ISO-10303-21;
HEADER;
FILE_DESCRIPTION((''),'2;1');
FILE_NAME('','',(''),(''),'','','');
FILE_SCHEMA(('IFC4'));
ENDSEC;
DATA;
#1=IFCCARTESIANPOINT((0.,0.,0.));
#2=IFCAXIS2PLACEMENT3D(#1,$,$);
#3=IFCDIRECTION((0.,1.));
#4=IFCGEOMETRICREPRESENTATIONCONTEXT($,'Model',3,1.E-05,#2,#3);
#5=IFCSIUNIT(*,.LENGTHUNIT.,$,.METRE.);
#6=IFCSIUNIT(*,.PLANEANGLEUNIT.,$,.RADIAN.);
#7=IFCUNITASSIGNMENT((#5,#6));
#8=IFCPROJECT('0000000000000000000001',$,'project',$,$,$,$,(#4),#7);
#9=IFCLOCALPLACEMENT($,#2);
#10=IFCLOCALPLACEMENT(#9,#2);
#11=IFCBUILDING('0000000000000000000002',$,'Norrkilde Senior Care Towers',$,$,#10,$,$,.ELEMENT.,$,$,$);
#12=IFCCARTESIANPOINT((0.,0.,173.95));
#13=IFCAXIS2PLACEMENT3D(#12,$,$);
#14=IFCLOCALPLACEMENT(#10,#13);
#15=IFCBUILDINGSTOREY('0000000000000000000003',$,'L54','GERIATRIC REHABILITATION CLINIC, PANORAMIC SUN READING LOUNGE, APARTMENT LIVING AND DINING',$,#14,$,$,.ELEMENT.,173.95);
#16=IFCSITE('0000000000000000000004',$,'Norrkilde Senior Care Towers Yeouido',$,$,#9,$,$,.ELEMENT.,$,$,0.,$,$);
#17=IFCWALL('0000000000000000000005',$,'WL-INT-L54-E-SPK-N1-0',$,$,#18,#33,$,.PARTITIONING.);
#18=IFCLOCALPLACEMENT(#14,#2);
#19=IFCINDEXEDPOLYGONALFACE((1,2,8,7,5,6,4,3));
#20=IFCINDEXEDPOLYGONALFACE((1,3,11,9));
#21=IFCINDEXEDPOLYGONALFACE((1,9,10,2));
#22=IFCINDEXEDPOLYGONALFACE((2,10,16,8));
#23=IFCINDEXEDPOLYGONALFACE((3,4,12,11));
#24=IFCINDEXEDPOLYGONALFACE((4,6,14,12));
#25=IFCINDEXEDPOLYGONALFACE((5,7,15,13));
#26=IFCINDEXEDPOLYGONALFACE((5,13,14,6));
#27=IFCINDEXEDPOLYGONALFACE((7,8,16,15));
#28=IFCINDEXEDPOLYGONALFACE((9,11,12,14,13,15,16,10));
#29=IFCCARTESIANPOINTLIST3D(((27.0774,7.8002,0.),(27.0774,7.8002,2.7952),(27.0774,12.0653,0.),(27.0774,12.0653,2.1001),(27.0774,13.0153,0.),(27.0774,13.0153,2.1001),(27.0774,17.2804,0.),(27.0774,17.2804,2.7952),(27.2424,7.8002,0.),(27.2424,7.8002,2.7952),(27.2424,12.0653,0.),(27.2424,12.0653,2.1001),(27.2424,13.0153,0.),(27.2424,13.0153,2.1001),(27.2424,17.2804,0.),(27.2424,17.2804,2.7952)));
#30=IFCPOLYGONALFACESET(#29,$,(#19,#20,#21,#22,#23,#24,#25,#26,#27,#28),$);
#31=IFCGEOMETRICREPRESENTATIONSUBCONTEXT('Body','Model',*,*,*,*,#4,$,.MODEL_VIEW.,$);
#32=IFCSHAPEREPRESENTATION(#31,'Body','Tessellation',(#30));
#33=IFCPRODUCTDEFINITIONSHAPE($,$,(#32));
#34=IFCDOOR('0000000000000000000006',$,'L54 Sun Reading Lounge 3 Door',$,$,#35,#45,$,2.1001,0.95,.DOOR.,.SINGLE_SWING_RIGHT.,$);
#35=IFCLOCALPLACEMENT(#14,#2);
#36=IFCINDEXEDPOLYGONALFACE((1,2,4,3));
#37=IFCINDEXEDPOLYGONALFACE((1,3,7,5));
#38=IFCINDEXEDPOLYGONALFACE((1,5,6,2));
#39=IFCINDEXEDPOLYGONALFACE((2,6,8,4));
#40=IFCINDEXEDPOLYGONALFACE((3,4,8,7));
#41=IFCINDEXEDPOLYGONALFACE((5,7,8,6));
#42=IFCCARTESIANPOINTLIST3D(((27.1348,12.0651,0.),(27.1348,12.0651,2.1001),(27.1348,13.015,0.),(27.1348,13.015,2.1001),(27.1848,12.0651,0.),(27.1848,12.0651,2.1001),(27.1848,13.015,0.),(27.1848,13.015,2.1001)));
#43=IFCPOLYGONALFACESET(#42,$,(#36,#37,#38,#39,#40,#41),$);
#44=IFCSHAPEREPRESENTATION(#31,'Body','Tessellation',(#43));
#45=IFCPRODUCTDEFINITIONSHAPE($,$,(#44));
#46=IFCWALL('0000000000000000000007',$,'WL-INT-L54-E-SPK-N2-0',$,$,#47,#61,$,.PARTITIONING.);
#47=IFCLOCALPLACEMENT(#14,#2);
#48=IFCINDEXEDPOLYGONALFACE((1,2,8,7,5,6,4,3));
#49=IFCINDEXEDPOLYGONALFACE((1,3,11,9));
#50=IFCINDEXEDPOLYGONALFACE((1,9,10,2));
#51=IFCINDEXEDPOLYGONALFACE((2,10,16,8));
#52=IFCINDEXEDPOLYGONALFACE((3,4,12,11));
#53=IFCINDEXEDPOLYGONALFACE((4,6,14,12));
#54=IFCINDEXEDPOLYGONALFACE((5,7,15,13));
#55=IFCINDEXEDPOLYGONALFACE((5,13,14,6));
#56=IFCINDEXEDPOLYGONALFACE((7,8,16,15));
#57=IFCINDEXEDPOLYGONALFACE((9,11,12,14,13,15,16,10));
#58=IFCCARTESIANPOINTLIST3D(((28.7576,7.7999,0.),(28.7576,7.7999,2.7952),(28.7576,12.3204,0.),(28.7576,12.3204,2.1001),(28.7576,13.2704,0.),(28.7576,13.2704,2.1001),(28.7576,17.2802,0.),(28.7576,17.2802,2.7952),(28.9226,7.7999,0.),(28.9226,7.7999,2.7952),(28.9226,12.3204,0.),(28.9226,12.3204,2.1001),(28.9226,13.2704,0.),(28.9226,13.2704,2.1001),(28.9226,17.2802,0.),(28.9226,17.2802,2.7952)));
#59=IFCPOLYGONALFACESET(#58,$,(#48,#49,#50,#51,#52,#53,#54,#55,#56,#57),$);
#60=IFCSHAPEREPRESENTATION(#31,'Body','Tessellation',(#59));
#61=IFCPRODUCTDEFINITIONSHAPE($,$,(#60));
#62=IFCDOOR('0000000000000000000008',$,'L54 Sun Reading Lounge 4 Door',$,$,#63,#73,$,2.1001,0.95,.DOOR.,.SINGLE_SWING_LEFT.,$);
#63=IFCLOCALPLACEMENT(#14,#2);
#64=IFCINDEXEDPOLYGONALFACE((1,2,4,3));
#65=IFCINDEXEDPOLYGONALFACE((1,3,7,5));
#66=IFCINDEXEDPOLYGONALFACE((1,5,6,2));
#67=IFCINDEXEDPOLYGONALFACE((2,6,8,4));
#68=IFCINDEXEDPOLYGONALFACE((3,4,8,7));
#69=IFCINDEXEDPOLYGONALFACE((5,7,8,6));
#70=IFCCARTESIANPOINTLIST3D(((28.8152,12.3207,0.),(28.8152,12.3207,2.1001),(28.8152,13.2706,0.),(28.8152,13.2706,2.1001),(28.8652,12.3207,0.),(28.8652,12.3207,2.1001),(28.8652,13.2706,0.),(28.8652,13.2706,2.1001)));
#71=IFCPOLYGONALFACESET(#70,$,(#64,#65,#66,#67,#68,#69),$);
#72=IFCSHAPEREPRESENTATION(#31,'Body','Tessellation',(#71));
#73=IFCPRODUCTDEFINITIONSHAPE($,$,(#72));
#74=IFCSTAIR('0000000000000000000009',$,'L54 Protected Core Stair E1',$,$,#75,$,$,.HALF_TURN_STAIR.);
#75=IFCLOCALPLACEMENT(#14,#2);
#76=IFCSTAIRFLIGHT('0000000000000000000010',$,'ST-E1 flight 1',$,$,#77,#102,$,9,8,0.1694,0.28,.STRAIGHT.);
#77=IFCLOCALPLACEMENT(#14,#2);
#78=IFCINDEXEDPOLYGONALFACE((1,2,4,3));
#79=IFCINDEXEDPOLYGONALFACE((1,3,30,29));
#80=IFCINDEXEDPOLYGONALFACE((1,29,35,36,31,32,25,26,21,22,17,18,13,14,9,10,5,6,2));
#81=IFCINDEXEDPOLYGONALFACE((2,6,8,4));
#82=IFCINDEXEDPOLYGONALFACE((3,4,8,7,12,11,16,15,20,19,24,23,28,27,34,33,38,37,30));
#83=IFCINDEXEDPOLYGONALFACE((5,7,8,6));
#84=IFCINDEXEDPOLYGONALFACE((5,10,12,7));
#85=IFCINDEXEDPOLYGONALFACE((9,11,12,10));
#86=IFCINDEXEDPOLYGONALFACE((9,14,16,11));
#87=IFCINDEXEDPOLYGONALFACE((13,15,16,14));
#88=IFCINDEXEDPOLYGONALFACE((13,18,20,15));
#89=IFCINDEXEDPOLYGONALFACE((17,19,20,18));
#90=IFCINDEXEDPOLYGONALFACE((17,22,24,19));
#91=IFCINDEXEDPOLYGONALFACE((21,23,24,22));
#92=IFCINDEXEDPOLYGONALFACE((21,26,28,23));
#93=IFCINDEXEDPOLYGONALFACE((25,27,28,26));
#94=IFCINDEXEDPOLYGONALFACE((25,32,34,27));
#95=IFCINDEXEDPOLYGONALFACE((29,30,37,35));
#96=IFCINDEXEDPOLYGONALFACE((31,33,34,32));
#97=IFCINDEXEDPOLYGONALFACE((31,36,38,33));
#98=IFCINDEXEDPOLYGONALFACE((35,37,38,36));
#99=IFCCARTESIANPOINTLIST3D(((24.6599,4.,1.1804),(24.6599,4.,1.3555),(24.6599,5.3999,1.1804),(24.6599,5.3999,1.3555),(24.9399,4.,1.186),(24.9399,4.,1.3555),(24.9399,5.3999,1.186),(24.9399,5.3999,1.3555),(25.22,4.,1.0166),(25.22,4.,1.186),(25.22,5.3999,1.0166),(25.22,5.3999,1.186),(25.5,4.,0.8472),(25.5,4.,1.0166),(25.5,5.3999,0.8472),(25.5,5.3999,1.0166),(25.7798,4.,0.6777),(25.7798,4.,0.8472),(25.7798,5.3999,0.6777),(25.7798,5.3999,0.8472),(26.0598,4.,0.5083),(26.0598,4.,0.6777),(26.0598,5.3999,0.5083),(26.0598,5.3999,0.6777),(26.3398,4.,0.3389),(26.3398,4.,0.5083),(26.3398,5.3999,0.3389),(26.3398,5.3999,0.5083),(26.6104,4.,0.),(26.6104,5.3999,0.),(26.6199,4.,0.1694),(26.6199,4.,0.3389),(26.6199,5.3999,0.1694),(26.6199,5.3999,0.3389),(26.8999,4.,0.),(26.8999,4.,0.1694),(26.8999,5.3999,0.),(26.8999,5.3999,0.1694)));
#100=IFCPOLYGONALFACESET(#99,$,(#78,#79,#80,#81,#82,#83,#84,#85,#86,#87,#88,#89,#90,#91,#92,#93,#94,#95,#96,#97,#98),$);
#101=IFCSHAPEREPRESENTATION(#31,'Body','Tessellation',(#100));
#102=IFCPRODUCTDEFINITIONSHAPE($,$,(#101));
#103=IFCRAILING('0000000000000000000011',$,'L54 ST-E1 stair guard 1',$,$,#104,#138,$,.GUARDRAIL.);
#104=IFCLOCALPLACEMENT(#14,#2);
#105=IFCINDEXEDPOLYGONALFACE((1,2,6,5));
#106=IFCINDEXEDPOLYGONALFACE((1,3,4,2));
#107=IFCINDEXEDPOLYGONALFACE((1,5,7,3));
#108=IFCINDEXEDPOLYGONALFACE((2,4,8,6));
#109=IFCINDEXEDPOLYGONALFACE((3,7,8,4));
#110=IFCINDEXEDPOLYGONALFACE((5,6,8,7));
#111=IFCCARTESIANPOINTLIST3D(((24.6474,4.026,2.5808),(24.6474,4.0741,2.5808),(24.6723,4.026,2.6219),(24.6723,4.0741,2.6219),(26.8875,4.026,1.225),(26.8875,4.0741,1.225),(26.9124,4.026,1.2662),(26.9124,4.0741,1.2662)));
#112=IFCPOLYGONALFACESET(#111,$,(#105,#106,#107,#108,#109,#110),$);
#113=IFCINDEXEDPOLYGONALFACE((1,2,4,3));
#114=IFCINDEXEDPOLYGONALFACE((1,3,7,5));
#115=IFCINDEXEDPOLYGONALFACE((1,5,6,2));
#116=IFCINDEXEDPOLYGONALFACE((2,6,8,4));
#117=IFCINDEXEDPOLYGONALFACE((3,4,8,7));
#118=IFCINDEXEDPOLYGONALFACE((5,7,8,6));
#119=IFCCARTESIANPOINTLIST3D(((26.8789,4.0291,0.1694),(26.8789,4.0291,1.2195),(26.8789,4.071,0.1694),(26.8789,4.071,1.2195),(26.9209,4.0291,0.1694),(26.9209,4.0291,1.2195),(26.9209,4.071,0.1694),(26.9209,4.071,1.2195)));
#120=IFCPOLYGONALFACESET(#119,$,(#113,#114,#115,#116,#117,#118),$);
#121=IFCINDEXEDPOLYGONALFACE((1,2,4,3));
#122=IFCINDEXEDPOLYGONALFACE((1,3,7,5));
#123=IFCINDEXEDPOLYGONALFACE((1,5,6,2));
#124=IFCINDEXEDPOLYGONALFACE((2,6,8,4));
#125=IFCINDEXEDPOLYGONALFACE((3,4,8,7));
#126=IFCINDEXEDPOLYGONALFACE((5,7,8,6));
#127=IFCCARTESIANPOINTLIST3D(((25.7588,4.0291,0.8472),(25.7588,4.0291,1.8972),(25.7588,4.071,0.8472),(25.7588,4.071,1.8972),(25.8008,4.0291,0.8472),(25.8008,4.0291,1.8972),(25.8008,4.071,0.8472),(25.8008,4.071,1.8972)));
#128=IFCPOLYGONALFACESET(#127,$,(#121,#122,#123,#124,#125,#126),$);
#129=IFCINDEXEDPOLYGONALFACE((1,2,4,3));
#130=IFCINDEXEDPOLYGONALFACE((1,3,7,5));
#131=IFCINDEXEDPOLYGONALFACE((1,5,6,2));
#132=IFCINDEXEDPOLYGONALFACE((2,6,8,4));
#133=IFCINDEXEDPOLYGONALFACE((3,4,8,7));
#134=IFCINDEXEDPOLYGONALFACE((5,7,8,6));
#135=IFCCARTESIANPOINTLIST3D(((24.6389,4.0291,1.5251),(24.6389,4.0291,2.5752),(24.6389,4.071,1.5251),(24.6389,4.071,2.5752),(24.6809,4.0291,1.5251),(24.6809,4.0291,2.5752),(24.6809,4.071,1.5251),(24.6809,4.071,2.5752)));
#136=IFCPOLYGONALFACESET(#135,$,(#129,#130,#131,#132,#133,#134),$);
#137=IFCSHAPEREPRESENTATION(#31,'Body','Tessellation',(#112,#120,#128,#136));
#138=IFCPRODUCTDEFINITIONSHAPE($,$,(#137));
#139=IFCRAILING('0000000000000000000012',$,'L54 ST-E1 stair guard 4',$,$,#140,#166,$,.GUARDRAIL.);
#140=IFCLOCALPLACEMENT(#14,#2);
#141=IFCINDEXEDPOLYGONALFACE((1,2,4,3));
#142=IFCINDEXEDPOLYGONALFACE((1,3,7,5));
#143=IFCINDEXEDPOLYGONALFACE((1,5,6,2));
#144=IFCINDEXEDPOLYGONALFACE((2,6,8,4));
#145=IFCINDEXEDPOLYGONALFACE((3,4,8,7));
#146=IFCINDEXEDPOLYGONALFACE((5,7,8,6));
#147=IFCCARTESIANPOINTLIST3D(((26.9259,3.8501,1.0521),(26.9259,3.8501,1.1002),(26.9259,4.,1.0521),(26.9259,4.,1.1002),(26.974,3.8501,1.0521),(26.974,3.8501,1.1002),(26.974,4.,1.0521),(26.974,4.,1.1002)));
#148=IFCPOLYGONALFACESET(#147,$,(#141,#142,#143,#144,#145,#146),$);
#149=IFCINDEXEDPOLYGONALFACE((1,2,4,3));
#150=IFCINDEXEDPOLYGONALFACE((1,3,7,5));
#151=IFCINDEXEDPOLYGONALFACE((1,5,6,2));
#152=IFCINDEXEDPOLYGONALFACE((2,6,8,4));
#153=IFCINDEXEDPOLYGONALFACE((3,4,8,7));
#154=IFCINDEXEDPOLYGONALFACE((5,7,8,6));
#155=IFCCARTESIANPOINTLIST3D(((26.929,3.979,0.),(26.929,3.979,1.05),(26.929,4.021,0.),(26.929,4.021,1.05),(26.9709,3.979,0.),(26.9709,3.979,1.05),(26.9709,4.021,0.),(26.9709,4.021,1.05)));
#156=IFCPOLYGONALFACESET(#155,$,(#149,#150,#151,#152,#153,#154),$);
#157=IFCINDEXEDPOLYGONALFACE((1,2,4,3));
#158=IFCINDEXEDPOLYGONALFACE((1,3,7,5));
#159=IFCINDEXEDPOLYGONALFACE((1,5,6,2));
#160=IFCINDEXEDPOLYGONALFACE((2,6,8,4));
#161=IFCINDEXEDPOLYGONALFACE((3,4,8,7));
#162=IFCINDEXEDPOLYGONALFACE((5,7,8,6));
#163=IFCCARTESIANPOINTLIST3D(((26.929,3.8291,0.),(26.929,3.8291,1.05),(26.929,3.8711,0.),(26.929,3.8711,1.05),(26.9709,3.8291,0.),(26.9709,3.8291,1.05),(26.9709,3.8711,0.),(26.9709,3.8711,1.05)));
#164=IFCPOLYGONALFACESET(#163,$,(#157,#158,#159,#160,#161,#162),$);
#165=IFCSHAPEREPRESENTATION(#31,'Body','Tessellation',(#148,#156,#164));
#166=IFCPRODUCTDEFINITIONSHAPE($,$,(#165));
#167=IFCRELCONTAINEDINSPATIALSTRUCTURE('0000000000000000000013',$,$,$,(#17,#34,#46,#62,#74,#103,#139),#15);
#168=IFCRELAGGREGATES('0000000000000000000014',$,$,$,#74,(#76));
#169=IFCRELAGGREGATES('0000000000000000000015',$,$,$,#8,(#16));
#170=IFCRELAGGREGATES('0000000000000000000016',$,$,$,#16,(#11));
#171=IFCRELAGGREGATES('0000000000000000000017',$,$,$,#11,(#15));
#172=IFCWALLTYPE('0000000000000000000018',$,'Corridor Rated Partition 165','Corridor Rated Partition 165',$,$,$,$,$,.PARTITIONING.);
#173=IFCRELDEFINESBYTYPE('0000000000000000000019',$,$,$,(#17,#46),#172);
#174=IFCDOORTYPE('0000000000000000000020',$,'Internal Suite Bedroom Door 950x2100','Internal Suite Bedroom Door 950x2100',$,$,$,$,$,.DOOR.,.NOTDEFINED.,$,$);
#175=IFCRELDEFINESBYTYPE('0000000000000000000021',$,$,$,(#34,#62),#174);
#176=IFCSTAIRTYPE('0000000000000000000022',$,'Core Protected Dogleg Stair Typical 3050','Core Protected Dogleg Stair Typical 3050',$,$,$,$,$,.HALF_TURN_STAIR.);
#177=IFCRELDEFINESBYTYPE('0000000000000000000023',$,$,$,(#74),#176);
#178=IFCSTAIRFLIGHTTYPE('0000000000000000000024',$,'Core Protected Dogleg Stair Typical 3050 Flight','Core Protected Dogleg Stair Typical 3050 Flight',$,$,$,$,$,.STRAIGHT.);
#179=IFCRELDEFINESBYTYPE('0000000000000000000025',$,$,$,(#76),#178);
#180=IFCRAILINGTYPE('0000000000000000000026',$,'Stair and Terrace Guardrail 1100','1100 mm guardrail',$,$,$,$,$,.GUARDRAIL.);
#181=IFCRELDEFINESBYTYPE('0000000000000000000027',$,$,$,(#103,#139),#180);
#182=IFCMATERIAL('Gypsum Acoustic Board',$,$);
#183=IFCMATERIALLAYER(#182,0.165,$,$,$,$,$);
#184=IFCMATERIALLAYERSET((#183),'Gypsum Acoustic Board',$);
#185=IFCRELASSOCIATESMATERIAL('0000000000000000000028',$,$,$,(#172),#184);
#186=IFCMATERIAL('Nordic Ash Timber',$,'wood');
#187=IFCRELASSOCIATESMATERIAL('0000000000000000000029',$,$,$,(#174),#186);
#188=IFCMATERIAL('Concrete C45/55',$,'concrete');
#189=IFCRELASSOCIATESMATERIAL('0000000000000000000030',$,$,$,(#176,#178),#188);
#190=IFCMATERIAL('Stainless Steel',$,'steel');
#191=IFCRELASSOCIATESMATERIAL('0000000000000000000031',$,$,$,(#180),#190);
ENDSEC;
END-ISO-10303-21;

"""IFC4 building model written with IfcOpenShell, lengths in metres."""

from ifc_helpers import new_model, si_unit, direction, frame, frame_2d, origin, origin_2d, place, context, subcontext, project, spatial, polyline, rectangle, outline, extrude, source, transform, mapped, material, layer, layer_set, type_object, type_shapes, element, fill, aggregate, save


model = new_model("IFC4")

# Units and contexts
model_context = context("Model", 3, precision=1e-05, world=origin(), true_north=direction((0.0, 1.0)))
body_context = subcontext(model_context, "Body", "Model", "MODEL_VIEW")
ifc_project = project(units=[si_unit("LENGTHUNIT", "METRE"), si_unit("PLANEANGLEUNIT", "RADIAN")], contexts=[model_context])

# Site, building, storey
site_placement = place(None, origin())
site = spatial("IfcSite", under=ifc_project, at=site_placement, Name="Norrkilde Senior Care Towers Yeouido", CompositionType="ELEMENT", RefElevation=0.0)
building_placement = place(site_placement, origin())
building = spatial("IfcBuilding", under=site, at=building_placement, Name="Norrkilde Senior Care Towers", CompositionType="ELEMENT")
storey_placement = place(building_placement, frame((0.0, 0.0, 173.95)))
storey = spatial("IfcBuildingStorey", under=building, at=storey_placement, Name="L54", Description="GERIATRIC REHABILITATION CLINIC, PANORAMIC SUN READING LOUNGE, APARTMENT LIVING AND DINING", CompositionType="ELEMENT", Elevation=173.95)

# Shared definitions
ifc_material_1 = material(Name="Concrete C45/55", Category="concrete")

# Shared definitions
ifc_material_2 = material(Name="Stainless Steel", Category="steel")

# Shared definitions
ifc_material_3 = material(Name="Gypsum Acoustic Board")

# Shared definitions
ifc_layer_1 = layer(ifc_material_3, 0.165)
ifc_layer_set_1 = layer_set([ifc_layer_1], Name="Gypsum Acoustic Board")
wall_type_1 = type_object("IfcWallType", Name="Corridor Rated Partition 165", Description="Corridor Rated Partition 165", PredefinedType="PARTITIONING", material=ifc_layer_set_1)
ifc_material_4 = material(Name="Nordic Ash Timber", Category="wood")

# Walls, openings, doors
shared_shape_1 = source(origin(), body_context, "Body", "SweptSolid", [
    extrude(rectangle(XDim=9.4802, YDim=0.165, at=frame_2d((4.7402, 0.0))), origin(), (0.0, 0.0, 1.0), 2.7952),
])
wall_1_placement = place(storey_placement, frame((27.1599, 7.8, 0.0), z_axis=(0.0, 0.0, 1.0), x_axis=(0.0, 1.0, 0.0)))
wall_1 = element("IfcWall", 1, at=wall_1_placement, inside=storey, type_object=wall_type_1, Name="WL-INT-L54-E-SPK-N1-0", PredefinedType="PARTITIONING", context=body_context, shape_type="MappedRepresentation", body=[
    mapped(shared_shape_1, transform((0.0, 0.0, 0.0), x_axis=(1.0, 0.0, 0.0), y_axis=(0.0, 1.0, 0.0), z_axis=(0.0, 0.0, 1.0), scale=1.0)),
])
opening_1_placement = place(wall_1_placement, frame((4.2651, 0.0, 0.0)))
opening_1 = element("IfcOpeningElement", 2, at=opening_1_placement, cuts=wall_1, PredefinedType="OPENING", context=body_context, shape_type="SweptSolid", body=[
    extrude(rectangle(XDim=0.95, YDim=2.1001, at=frame_2d((0.4751, 1.05))), frame((0.0, 0.0925, 0.0), z_axis=(0.0, -1.0, 0.0), x_axis=(1.0, 0.0, 0.0)), (0.0, 0.0, 1.0), 0.1851),
])
door_type_1 = type_object("IfcDoorType", Name="Internal Suite Bedroom Door 950x2100", Description="Internal Suite Bedroom Door 950x2100", OperationType="NOTDEFINED", PredefinedType="DOOR", material=ifc_material_4)
shared_shape_2 = source(origin(), body_context, "Body", "SweptSolid", [
    extrude(rectangle(XDim=0.95, YDim=2.1001, at=frame_2d((0.4751, 1.05))), frame((0.0, 0.0249, 0.0), z_axis=(0.0, -1.0, 0.0), x_axis=(1.0, 0.0, 0.0)), (0.0, 0.0, 1.0), 0.05),
])
type_shapes(door_type_1, [shared_shape_2])
door_1_placement = place(opening_1_placement, frame((0.95, 0.0, 0.0), z_axis=(0.0, 0.0, 1.0), x_axis=(-1.0, 0.0, 0.0)))
door_1 = element("IfcDoor", 3, at=door_1_placement, inside=storey, type_object=door_type_1, Name="L54 Sun Reading Lounge 3 Door", OperationType="SINGLE_SWING_RIGHT", OverallHeight=2.1001, OverallWidth=0.95, PredefinedType="DOOR", context=body_context, shape_type="MappedRepresentation", body=[
    mapped(shared_shape_2, transform((0.0, 0.0, 0.0), x_axis=(1.0, 0.0, 0.0), y_axis=(0.0, 1.0, 0.0), z_axis=(0.0, 0.0, 1.0), scale=1.0)),
])
fill(opening_1, door_1)
wall_2_placement = place(storey_placement, frame((28.8401, 17.2803, 0.0), z_axis=(0.0, 0.0, 1.0), x_axis=(0.0, -1.0, 0.0)))
wall_2 = element("IfcWall", 4, at=wall_2_placement, inside=storey, type_object=wall_type_1, Name="WL-INT-L54-E-SPK-N2-0", PredefinedType="PARTITIONING", context=body_context, shape_type="MappedRepresentation", body=[
    mapped(shared_shape_1, transform((0.0, 0.0, 0.0), x_axis=(1.0, 0.0, 0.0), y_axis=(0.0, 1.0, 0.0), z_axis=(0.0, 0.0, 1.0), scale=1.0)),
])
opening_2_placement = place(wall_2_placement, frame((4.0098, 0.0, 0.0)))
opening_2 = element("IfcOpeningElement", 5, at=opening_2_placement, cuts=wall_2, PredefinedType="OPENING", context=body_context, shape_type="SweptSolid", body=[
    extrude(rectangle(XDim=0.95, YDim=2.1001, at=frame_2d((0.4751, 1.05))), frame((0.0, 0.0925, 0.0), z_axis=(0.0, -1.0, 0.0), x_axis=(1.0, 0.0, 0.0)), (0.0, 0.0, 1.0), 0.1851),
])
door_2_placement = place(opening_2_placement, frame((0.95, 0.0, 0.0), z_axis=(0.0, 0.0, 1.0), x_axis=(-1.0, 0.0, 0.0)))
door_2 = element("IfcDoor", 6, at=door_2_placement, inside=storey, type_object=door_type_1, Name="L54 Sun Reading Lounge 4 Door", OperationType="SINGLE_SWING_LEFT", OverallHeight=2.1001, OverallWidth=0.95, PredefinedType="DOOR", context=body_context, shape_type="MappedRepresentation", body=[
    mapped(shared_shape_2, transform((0.0, 0.0, 0.0), x_axis=(1.0, 0.0, 0.0), y_axis=(0.0, 1.0, 0.0), z_axis=(0.0, 0.0, 1.0), scale=1.0)),
])
fill(opening_2, door_2)

# Stair, stair flight
stair_type = type_object("IfcStairType", Name="Core Protected Dogleg Stair Typical 3050", Description="Core Protected Dogleg Stair Typical 3050", PredefinedType="HALF_TURN_STAIR", material=ifc_material_1)
stair_placement = place(storey_placement, origin())
stair = element("IfcStair", 7, at=stair_placement, inside=storey, type_object=stair_type, Name="L54 Protected Core Stair E1", PredefinedType="HALF_TURN_STAIR")
stair_flight_type = type_object("IfcStairFlightType", Name="Core Protected Dogleg Stair Typical 3050 Flight", Description="Core Protected Dogleg Stair Typical 3050 Flight", PredefinedType="STRAIGHT", material=ifc_material_1)
stair_flight_placement = place(storey_placement, frame((26.8999, 4.7, 0.0), z_axis=(0.0, 0.0, 1.0), x_axis=(-1.0, 0.0, 0.0)))
stair_flight = element("IfcStairFlight", 8, at=stair_flight_placement, type_object=stair_flight_type, Name="ST-E1 flight 1", NumberOfRisers=9, NumberOfTreads=8, PredefinedType="STRAIGHT", RiserHeight=0.1694, TreadLength=0.28, context=body_context, shape_type="SweptSolid", body=[
    extrude(outline(polyline([(0.0, 0.0), (0.0, 0.1694), (0.28, 0.1694), (0.28, 0.3389), (0.5601, 0.3389), (0.5601, 0.5083), (0.8401, 0.5083), (0.8401, 0.6777), (1.1201, 0.6777), (1.1201, 0.8472), (1.3999, 0.8472), (1.3999, 1.0166), (1.6799, 1.0166), (1.6799, 1.186), (1.96, 1.186), (1.96, 1.3555), (2.24, 1.3555), (2.24, 1.5249), (2.24, 1.1804), (0.2896, 0.0), (0.0, 0.0)])), frame((0.0, 0.7, 0.0), z_axis=(0.0, -1.0, 0.0), x_axis=(1.0, 0.0, 0.0)), (0.0, 0.0, 1.0), 1.3999),
])
aggregate(stair, [stair_flight])

# Railings
railing_type_1 = type_object("IfcRailingType", Name="Stair and Terrace Guardrail 1100", Description="1100 mm guardrail", PredefinedType="GUARDRAIL", material=ifc_material_2)
railing_1_placement = place(storey_placement, frame((26.8999, 4.05, 0.1694)))
element("IfcRailing", 9, at=railing_1_placement, inside=storey, type_object=railing_type_1, Name="L54 ST-E1 stair guard 1", PredefinedType="GUARDRAIL", context=body_context, shape_type="SweptSolid", body=[
    extrude(rectangle(XDim=0.0481, YDim=0.0481, at=origin_2d()), frame((0.0, 0.0, 1.0762), z_axis=(-0.855512, 0.0, 0.517783), x_axis=(0.0, -1.0, 0.0)), (0.0, 0.0, 1.0), 2.6184),
    extrude(rectangle(XDim=0.042, YDim=0.042, at=origin_2d()), origin(), (0.0, 0.0, 1.0), 1.05),
    extrude(rectangle(XDim=0.042, YDim=0.042, at=origin_2d()), frame((-1.1201, 0.0, 0.6777)), (0.0, 0.0, 1.0), 1.05),
    extrude(rectangle(XDim=0.042, YDim=0.042, at=origin_2d()), frame((-2.24, 0.0, 1.3557)), (0.0, 0.0, 1.0), 1.05),
])
railing_2_placement = place(storey_placement, frame((26.95, 4.0, 0.0)))
element("IfcRailing", 10, at=railing_2_placement, inside=storey, type_object=railing_type_1, Name="L54 ST-E1 stair guard 4", PredefinedType="GUARDRAIL", context=body_context, shape_type="SweptSolid", body=[
    extrude(rectangle(XDim=0.0481, YDim=0.0481, at=origin_2d()), frame((0.0, 0.0, 1.0762), z_axis=(0.0, -1.0, 0.0), x_axis=(1.0, 0.0, 0.0)), (0.0, 0.0, 1.0), 0.1499),
    extrude(rectangle(XDim=0.042, YDim=0.042, at=origin_2d()), origin(), (0.0, 0.0, 1.0), 1.05),
    extrude(rectangle(XDim=0.042, YDim=0.042, at=origin_2d()), frame((0.0, -0.1499, 0.0)), (0.0, 0.0, 1.0), 1.05),
])

save(model, "model.ifc")
